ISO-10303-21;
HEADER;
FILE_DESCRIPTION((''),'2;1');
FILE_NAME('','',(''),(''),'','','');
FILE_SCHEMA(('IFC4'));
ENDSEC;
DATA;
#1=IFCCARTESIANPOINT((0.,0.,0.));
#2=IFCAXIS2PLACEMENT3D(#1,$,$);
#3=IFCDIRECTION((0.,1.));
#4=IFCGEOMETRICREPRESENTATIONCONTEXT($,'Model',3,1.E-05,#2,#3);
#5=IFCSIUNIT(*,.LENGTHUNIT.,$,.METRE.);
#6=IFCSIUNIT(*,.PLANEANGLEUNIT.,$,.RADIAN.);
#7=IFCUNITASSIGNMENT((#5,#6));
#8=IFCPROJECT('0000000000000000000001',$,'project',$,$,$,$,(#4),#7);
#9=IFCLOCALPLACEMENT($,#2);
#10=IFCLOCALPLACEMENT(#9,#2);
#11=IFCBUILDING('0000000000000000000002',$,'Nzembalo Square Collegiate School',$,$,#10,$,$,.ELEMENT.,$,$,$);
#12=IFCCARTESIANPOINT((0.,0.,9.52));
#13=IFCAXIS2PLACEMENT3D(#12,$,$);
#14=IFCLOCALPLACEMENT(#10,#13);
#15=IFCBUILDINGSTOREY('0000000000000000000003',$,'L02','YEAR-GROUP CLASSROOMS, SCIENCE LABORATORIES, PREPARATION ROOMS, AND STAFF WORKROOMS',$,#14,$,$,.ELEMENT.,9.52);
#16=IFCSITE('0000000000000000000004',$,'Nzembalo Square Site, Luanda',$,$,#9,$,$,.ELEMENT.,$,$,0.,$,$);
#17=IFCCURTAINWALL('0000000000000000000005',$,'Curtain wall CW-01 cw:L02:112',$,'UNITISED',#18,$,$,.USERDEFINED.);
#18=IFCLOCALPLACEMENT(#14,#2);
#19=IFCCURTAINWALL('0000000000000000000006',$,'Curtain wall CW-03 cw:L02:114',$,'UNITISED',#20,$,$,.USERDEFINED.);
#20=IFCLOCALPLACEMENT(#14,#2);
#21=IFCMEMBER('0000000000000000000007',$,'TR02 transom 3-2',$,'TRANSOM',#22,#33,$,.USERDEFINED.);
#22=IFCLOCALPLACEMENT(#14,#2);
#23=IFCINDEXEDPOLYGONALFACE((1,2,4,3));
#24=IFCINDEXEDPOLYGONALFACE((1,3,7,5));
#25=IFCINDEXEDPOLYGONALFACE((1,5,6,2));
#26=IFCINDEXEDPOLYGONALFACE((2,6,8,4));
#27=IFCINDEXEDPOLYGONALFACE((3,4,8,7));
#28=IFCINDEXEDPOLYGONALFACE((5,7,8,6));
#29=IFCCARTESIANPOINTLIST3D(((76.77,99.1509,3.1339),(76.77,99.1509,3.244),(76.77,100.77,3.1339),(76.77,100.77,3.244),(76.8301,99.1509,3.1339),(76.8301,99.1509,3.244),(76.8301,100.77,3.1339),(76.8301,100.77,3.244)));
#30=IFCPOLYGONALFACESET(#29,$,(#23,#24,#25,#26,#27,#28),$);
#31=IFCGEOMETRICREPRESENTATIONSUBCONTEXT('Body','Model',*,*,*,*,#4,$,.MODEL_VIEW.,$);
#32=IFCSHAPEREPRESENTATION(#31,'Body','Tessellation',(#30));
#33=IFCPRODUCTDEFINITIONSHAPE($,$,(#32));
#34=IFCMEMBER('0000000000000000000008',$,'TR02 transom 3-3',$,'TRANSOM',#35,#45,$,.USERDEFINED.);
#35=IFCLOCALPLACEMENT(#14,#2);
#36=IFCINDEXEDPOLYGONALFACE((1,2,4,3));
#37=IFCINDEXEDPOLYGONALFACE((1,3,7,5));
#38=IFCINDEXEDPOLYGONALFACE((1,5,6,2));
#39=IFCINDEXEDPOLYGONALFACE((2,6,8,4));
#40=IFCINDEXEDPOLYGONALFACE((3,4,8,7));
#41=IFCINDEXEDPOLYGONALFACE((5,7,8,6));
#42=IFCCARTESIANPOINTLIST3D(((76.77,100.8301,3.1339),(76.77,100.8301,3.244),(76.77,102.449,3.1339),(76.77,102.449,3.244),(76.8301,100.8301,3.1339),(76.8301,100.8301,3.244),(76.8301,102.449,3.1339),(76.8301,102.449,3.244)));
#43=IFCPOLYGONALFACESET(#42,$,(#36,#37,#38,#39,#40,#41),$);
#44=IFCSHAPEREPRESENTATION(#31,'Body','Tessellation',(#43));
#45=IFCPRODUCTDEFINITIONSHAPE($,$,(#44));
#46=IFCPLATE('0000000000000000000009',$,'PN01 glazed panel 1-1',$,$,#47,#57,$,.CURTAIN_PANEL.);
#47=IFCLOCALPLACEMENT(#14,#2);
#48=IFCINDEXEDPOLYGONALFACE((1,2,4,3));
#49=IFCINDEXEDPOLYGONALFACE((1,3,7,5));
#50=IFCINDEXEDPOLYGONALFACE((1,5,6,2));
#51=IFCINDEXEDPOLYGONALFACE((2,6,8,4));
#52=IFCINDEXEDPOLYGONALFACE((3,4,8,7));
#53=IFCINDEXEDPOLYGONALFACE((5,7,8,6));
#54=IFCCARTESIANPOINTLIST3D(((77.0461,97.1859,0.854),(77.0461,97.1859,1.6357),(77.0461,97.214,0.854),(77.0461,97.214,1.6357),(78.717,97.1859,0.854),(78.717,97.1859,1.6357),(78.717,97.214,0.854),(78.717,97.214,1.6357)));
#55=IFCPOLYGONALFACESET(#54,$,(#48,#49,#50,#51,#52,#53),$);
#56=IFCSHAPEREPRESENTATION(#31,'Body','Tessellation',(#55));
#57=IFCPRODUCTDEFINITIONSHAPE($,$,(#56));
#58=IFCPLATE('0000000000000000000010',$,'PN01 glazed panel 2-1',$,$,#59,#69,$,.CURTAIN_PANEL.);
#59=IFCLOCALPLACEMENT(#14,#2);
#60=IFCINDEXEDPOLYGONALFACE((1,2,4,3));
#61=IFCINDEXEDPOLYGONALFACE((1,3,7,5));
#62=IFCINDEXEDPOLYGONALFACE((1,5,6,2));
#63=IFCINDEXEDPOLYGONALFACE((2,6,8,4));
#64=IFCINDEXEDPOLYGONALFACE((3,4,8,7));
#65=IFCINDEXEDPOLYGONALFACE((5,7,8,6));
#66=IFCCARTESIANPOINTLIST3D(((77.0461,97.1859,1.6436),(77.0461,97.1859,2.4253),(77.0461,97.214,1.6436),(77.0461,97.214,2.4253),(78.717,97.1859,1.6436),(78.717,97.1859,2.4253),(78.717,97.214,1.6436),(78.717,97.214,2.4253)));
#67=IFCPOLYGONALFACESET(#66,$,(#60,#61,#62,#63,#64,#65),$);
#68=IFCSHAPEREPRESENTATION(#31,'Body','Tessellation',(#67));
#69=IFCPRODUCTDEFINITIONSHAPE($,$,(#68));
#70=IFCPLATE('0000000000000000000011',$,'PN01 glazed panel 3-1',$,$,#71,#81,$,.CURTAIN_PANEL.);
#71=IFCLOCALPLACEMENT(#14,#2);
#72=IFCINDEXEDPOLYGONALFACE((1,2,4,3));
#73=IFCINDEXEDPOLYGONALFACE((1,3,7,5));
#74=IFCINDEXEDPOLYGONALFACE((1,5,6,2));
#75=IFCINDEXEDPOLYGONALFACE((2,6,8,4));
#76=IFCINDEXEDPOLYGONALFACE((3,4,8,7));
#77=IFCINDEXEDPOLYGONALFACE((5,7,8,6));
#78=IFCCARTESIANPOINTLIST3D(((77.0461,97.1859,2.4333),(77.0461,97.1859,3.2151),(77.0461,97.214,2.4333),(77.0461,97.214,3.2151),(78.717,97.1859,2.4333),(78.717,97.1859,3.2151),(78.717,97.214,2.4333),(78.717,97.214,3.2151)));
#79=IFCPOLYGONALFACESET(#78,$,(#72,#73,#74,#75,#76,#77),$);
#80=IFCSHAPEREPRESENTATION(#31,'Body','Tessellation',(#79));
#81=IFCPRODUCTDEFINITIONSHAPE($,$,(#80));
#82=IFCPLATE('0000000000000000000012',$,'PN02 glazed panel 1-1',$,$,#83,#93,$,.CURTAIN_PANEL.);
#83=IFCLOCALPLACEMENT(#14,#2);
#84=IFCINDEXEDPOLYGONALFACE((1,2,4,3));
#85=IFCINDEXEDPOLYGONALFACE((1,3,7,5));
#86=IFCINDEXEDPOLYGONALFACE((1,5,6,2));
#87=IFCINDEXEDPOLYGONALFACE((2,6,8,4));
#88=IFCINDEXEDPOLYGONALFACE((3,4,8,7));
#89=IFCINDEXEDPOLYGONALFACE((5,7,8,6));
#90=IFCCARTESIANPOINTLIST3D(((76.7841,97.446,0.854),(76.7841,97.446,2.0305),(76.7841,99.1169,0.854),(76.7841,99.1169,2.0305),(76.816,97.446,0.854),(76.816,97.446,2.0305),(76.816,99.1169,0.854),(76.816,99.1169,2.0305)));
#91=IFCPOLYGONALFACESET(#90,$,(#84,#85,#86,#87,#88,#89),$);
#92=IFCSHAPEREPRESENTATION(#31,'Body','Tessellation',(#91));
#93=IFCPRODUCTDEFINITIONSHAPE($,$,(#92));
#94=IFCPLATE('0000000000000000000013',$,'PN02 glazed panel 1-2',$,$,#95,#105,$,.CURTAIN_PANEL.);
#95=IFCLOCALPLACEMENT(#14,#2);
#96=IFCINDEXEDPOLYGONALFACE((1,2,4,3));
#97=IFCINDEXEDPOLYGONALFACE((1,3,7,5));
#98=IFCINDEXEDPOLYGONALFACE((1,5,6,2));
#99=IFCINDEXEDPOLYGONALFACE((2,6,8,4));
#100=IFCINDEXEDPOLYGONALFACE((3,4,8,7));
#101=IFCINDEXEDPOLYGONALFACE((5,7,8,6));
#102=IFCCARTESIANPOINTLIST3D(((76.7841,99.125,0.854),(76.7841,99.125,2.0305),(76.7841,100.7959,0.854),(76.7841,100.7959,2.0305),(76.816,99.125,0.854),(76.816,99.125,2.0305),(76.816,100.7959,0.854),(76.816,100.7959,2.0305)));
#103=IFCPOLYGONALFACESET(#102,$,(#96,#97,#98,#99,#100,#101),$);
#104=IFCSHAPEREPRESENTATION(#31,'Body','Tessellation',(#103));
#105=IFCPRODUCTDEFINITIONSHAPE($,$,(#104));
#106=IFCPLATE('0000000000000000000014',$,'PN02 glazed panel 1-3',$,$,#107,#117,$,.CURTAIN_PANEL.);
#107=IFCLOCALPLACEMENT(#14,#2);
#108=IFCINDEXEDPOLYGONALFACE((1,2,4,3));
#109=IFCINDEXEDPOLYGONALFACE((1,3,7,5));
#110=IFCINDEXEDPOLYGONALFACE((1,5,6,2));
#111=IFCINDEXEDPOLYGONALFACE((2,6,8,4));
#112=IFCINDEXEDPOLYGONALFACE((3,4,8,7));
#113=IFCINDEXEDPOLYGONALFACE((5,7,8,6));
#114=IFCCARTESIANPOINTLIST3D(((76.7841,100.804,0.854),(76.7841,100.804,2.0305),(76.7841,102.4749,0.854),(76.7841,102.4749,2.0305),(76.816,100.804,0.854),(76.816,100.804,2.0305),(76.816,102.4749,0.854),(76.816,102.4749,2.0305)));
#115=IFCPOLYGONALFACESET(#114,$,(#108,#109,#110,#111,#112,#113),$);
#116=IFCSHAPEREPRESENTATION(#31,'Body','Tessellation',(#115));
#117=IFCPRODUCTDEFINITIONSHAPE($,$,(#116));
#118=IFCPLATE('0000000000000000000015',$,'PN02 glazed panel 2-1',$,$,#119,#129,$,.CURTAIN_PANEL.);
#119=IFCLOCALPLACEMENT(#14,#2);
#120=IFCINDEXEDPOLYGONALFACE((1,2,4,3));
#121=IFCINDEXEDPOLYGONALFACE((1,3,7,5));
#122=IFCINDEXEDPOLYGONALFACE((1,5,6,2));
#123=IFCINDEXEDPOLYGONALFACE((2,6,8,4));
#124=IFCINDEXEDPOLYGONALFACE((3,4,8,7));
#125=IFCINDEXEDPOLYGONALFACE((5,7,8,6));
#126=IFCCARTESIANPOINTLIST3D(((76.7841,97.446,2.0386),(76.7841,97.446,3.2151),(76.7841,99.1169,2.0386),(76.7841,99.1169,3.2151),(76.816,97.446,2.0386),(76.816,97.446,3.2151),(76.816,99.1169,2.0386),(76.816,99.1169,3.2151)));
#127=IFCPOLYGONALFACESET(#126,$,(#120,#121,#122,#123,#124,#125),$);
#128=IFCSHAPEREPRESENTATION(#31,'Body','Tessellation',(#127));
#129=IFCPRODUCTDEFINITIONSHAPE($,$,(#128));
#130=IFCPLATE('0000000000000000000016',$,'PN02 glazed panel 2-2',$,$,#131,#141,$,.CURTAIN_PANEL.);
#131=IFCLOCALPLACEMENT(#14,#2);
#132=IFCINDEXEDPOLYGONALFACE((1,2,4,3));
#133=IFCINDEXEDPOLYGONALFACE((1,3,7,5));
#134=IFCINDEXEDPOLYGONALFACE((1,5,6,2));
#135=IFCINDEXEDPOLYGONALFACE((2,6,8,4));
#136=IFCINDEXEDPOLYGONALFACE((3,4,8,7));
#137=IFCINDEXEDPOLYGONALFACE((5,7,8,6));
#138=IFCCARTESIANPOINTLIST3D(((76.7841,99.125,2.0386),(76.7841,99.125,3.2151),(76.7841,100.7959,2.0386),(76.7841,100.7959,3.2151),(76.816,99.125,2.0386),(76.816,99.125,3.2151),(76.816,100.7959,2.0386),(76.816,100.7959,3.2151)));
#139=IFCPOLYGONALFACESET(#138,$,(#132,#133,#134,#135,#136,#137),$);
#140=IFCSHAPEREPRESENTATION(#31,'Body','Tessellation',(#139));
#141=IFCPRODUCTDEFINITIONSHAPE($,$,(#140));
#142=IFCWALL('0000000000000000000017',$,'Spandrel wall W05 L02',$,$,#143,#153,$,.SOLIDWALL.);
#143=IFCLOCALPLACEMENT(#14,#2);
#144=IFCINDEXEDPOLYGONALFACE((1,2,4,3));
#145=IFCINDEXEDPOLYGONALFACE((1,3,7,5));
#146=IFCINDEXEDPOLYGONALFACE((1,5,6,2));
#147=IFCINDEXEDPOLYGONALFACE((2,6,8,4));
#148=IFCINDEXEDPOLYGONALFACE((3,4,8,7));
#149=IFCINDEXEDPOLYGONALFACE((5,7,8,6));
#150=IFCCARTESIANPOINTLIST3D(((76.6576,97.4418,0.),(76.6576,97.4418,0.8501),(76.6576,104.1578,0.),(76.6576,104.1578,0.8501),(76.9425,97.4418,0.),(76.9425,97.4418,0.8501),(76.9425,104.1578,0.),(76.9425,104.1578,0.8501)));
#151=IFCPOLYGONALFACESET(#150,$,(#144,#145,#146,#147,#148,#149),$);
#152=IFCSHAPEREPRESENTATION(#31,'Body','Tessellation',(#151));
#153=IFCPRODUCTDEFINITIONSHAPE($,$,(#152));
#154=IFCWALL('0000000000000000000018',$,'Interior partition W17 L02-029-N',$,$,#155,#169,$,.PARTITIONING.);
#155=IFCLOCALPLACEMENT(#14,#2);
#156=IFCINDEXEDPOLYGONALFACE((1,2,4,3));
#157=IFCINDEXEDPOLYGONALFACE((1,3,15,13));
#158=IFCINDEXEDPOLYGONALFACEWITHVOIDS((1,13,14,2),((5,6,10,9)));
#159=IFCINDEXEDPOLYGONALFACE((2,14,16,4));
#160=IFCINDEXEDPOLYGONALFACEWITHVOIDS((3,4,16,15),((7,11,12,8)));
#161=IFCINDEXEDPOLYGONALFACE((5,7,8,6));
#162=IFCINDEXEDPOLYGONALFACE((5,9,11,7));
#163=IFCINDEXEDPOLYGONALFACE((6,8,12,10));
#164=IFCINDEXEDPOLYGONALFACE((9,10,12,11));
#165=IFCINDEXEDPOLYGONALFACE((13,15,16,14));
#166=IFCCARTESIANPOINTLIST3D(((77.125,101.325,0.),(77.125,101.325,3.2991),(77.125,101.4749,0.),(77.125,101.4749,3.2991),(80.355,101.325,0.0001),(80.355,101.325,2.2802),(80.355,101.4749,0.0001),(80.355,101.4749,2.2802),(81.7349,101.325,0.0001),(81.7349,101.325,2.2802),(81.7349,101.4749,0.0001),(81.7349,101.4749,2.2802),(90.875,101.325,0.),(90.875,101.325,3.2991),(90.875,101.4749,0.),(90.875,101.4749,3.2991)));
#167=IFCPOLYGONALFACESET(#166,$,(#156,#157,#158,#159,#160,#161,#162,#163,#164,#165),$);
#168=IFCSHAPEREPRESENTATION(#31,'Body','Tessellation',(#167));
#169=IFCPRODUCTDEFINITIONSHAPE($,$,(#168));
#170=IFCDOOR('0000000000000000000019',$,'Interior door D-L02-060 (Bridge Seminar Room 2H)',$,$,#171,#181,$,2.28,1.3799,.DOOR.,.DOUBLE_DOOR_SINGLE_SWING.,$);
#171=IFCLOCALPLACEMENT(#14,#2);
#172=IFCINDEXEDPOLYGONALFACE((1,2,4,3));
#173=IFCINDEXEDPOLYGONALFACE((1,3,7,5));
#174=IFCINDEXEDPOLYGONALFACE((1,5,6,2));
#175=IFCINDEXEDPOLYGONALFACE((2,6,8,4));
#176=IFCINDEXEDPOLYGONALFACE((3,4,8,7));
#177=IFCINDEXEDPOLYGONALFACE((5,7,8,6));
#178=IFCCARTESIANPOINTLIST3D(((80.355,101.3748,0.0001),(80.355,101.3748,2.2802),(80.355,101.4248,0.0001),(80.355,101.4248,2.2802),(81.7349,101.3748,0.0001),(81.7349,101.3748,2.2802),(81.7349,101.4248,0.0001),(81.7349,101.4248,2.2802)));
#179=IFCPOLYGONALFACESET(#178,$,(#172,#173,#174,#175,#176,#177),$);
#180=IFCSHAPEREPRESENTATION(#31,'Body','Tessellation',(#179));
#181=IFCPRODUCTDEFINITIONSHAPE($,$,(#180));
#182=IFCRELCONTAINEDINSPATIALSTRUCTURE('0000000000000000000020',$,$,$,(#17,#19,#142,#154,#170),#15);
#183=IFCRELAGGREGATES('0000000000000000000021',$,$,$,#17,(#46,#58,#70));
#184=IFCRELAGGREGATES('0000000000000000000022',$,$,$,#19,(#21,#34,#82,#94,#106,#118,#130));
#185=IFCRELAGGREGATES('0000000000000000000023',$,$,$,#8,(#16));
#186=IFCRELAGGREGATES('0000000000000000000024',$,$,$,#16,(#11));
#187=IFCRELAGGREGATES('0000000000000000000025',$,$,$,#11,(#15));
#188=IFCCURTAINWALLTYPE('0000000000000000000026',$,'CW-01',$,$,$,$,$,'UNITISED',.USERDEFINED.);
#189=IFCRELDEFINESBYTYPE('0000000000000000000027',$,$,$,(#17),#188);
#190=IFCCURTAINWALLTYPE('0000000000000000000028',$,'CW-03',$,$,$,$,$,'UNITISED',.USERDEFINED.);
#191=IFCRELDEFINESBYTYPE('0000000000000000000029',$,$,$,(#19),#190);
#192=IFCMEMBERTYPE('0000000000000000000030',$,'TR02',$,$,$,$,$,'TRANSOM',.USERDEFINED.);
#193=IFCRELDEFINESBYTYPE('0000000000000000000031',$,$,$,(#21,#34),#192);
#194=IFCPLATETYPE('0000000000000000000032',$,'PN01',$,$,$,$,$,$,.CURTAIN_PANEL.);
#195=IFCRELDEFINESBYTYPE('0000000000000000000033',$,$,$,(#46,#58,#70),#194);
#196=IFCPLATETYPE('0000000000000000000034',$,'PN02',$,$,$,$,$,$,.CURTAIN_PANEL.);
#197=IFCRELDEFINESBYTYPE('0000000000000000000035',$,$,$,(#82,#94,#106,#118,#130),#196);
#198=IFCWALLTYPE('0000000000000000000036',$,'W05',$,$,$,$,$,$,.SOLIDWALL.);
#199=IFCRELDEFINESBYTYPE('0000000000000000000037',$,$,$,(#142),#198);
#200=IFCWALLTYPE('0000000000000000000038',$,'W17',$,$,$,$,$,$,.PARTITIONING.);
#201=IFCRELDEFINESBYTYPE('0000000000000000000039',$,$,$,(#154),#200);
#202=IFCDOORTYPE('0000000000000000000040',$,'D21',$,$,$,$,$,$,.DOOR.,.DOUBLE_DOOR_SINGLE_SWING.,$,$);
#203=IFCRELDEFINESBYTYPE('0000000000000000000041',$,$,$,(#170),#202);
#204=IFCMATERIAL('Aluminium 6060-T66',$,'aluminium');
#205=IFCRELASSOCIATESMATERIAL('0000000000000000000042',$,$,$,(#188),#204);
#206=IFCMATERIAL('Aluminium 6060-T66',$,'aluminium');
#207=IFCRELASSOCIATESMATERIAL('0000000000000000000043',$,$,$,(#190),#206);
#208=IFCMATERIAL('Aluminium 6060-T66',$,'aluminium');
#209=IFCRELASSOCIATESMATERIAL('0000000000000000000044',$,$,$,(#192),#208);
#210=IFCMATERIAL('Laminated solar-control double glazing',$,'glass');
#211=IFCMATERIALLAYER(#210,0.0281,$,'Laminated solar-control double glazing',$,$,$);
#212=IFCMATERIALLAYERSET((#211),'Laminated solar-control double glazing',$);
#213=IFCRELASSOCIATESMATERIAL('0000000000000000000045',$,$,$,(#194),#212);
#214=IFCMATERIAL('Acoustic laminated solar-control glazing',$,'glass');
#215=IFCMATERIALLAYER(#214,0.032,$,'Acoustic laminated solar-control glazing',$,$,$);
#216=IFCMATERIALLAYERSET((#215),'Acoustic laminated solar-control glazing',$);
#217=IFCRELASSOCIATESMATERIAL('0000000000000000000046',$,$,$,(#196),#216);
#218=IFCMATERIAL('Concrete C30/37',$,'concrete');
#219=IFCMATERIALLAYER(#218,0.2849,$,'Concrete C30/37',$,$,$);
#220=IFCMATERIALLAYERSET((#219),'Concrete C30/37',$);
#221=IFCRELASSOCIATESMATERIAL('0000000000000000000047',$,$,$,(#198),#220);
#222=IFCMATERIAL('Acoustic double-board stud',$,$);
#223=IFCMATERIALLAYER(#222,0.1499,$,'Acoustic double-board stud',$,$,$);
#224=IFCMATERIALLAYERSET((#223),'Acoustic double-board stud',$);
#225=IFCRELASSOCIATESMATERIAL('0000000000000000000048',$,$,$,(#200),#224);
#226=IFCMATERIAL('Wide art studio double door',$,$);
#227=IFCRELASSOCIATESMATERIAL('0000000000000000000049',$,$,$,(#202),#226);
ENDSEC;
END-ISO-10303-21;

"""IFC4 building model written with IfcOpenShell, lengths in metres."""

from ifc_helpers import new_model, si_unit, direction, frame, frame_2d, origin, origin_2d, place, context, subcontext, project, spatial, rectangle, extrude, material, layer, layer_set, material_profile, profile_set, type_object, element, fill, aggregate, save


model = new_model("IFC4")

# Units and contexts
model_context = context("Model", 3, precision=1e-05, world=origin(), true_north=direction((0.0, 1.0)))
body_context = subcontext(model_context, "Body", "Model", "MODEL_VIEW")
ifc_project = project(units=[si_unit("LENGTHUNIT", "METRE"), si_unit("PLANEANGLEUNIT", "RADIAN")], contexts=[model_context])

# Site, building, storey
site_placement = place(None, origin())
site = spatial("IfcSite", under=ifc_project, at=site_placement, Name="Nzembalo Square Site, Luanda", CompositionType="ELEMENT", RefElevation=0.0)
building_placement = place(site_placement, origin())
building = spatial("IfcBuilding", under=site, at=building_placement, Name="Nzembalo Square Collegiate School", CompositionType="ELEMENT")
storey_placement = place(building_placement, frame((0.0, 0.0, 9.52)))
storey = spatial("IfcBuildingStorey", under=building, at=storey_placement, Name="L02", Description="YEAR-GROUP CLASSROOMS, SCIENCE LABORATORIES, PREPARATION ROOMS, AND STAFF WORKROOMS", CompositionType="ELEMENT", Elevation=9.52)

# Curtain wall
ifc_material_1 = material(Name="Aluminium 6060-T66", Category="aluminium")
curtain_wall_type_1 = type_object("IfcCurtainWallType", Name="CW-01", ElementType="UNITISED", PredefinedType="USERDEFINED", material=ifc_material_1)
curtain_wall_1_placement = place(storey_placement, origin())
curtain_wall_1 = element("IfcCurtainWall", 1, at=curtain_wall_1_placement, inside=storey, type_object=curtain_wall_type_1, Name="Curtain wall CW-01 cw:L02:112", ObjectType="UNITISED", PredefinedType="USERDEFINED")

# Curtain wall
ifc_material_2 = material(Name="Aluminium 6060-T66", Category="aluminium")
curtain_wall_type_2 = type_object("IfcCurtainWallType", Name="CW-03", ElementType="UNITISED", PredefinedType="USERDEFINED", material=ifc_material_2)
curtain_wall_2_placement = place(storey_placement, origin())
curtain_wall_2 = element("IfcCurtainWall", 2, at=curtain_wall_2_placement, inside=storey, type_object=curtain_wall_type_2, Name="Curtain wall CW-03 cw:L02:114", ObjectType="UNITISED", PredefinedType="USERDEFINED")

# Members
ifc_material_3 = material(Name="Aluminium 6060-T66", Category="aluminium")
ifc_material_profile_1 = material_profile(ifc_material_3, rectangle(XDim=0.0601, YDim=0.1101, at=origin_2d()), Name="ALU T60x110")
ifc_profile_set_1 = profile_set([ifc_material_profile_1], Name="Aluminium 6060-T66")
member_type_1 = type_object("IfcMemberType", Name="TR02", ElementType="TRANSOM", PredefinedType="USERDEFINED", material=ifc_profile_set_1)
member_1_placement = place(storey_placement, frame((76.8, 99.1509, 3.189), z_axis=(0.0, 1.0, 0.0), x_axis=(-1.0, 0.0, 0.0)))
member_1 = element("IfcMember", 3, at=member_1_placement, type_object=member_type_1, Name="TR02 transom 3-2", ObjectType="TRANSOM", PredefinedType="USERDEFINED", context=body_context, shape_type="SweptSolid", body=[
    extrude(rectangle(XDim=0.0601, YDim=0.1101, at=origin_2d()), origin(), (0.0, 0.0, 1.0), 1.6191),
])
member_2_placement = place(storey_placement, frame((76.8, 100.8301, 3.189), z_axis=(0.0, 1.0, 0.0), x_axis=(-1.0, 0.0, 0.0)))
member_2 = element("IfcMember", 4, at=member_2_placement, type_object=member_type_1, Name="TR02 transom 3-3", ObjectType="TRANSOM", PredefinedType="USERDEFINED", context=body_context, shape_type="SweptSolid", body=[
    extrude(rectangle(XDim=0.0601, YDim=0.1101, at=origin_2d()), origin(), (0.0, 0.0, 1.0), 1.6189),
])

# Plates
ifc_material_4 = material(Name="Laminated solar-control double glazing", Category="glass")
ifc_layer_1 = layer(ifc_material_4, 0.0281, Name="Laminated solar-control double glazing")
ifc_layer_set_1 = layer_set([ifc_layer_1], Name="Laminated solar-control double glazing")
plate_type_1 = type_object("IfcPlateType", Name="PN01", PredefinedType="CURTAIN_PANEL", material=ifc_layer_set_1)
plate_1_placement = place(storey_placement, frame((77.8816, 97.2, 0.854), z_axis=(0.0, 0.0, 1.0), x_axis=(1.0, 0.0, 0.0)))
plate_1 = element("IfcPlate", 5, at=plate_1_placement, type_object=plate_type_1, Name="PN01 glazed panel 1-1", PredefinedType="CURTAIN_PANEL", context=body_context, shape_type="SweptSolid", body=[
    extrude(rectangle(XDim=1.6709, YDim=0.0281, at=origin_2d()), origin(), (0.0, 0.0, 1.0), 0.7817),
])
plate_2_placement = place(storey_placement, frame((77.8816, 97.2, 1.6436), z_axis=(0.0, 0.0, 1.0), x_axis=(1.0, 0.0, 0.0)))
plate_2 = element("IfcPlate", 6, at=plate_2_placement, type_object=plate_type_1, Name="PN01 glazed panel 2-1", PredefinedType="CURTAIN_PANEL", context=body_context, shape_type="SweptSolid", body=[
    extrude(rectangle(XDim=1.6709, YDim=0.0281, at=origin_2d()), origin(), (0.0, 0.0, 1.0), 0.7817),
])
plate_3_placement = place(storey_placement, frame((77.8816, 97.2, 2.4333), z_axis=(0.0, 0.0, 1.0), x_axis=(1.0, 0.0, 0.0)))
plate_3 = element("IfcPlate", 7, at=plate_3_placement, type_object=plate_type_1, Name="PN01 glazed panel 3-1", PredefinedType="CURTAIN_PANEL", context=body_context, shape_type="SweptSolid", body=[
    extrude(rectangle(XDim=1.6709, YDim=0.0281, at=origin_2d()), origin(), (0.0, 0.0, 1.0), 0.7817),
])
aggregate(curtain_wall_1, [plate_1, plate_2, plate_3])
ifc_material_5 = material(Name="Acoustic laminated solar-control glazing", Category="glass")
ifc_layer_2 = layer(ifc_material_5, 0.032, Name="Acoustic laminated solar-control glazing")
ifc_layer_set_2 = layer_set([ifc_layer_2], Name="Acoustic laminated solar-control glazing")
plate_type_2 = type_object("IfcPlateType", Name="PN02", PredefinedType="CURTAIN_PANEL", material=ifc_layer_set_2)
plate_4_placement = place(storey_placement, frame((76.8, 98.2815, 0.854), z_axis=(0.0, 0.0, 1.0), x_axis=(0.0, 1.0, 0.0)))
plate_4 = element("IfcPlate", 8, at=plate_4_placement, type_object=plate_type_2, Name="PN02 glazed panel 1-1", PredefinedType="CURTAIN_PANEL", context=body_context, shape_type="SweptSolid", body=[
    extrude(rectangle(XDim=1.6709, YDim=0.032, at=origin_2d()), origin(), (0.0, 0.0, 1.0), 1.1765),
])
plate_5_placement = place(storey_placement, frame((76.8, 99.9604, 0.854), z_axis=(0.0, 0.0, 1.0), x_axis=(0.0, 1.0, 0.0)))
plate_5 = element("IfcPlate", 9, at=plate_5_placement, type_object=plate_type_2, Name="PN02 glazed panel 1-2", PredefinedType="CURTAIN_PANEL", context=body_context, shape_type="SweptSolid", body=[
    extrude(rectangle(XDim=1.6709, YDim=0.032, at=origin_2d()), origin(), (0.0, 0.0, 1.0), 1.1765),
])
plate_6_placement = place(storey_placement, frame((76.8, 101.6394, 0.854), z_axis=(0.0, 0.0, 1.0), x_axis=(0.0, 1.0, 0.0)))
plate_6 = element("IfcPlate", 10, at=plate_6_placement, type_object=plate_type_2, Name="PN02 glazed panel 1-3", PredefinedType="CURTAIN_PANEL", context=body_context, shape_type="SweptSolid", body=[
    extrude(rectangle(XDim=1.6709, YDim=0.032, at=origin_2d()), origin(), (0.0, 0.0, 1.0), 1.1765),
])
plate_7_placement = place(storey_placement, frame((76.8, 98.2815, 2.0386), z_axis=(0.0, 0.0, 1.0), x_axis=(0.0, 1.0, 0.0)))
plate_7 = element("IfcPlate", 11, at=plate_7_placement, type_object=plate_type_2, Name="PN02 glazed panel 2-1", PredefinedType="CURTAIN_PANEL", context=body_context, shape_type="SweptSolid", body=[
    extrude(rectangle(XDim=1.6709, YDim=0.032, at=origin_2d()), origin(), (0.0, 0.0, 1.0), 1.1765),
])
plate_8_placement = place(storey_placement, frame((76.8, 99.9604, 2.0386), z_axis=(0.0, 0.0, 1.0), x_axis=(0.0, 1.0, 0.0)))
plate_8 = element("IfcPlate", 12, at=plate_8_placement, type_object=plate_type_2, Name="PN02 glazed panel 2-2", PredefinedType="CURTAIN_PANEL", context=body_context, shape_type="SweptSolid", body=[
    extrude(rectangle(XDim=1.6709, YDim=0.032, at=origin_2d()), origin(), (0.0, 0.0, 1.0), 1.1765),
])
aggregate(curtain_wall_2, [member_1, member_2, plate_4, plate_5, plate_6, plate_7, plate_8])

# Wall
ifc_material_6 = material(Name="Concrete C30/37", Category="concrete")
ifc_layer_3 = layer(ifc_material_6, 0.2849, Name="Concrete C30/37")
ifc_layer_set_3 = layer_set([ifc_layer_3], Name="Concrete C30/37")
wall_type_1 = type_object("IfcWallType", Name="W05", PredefinedType="SOLIDWALL", material=ifc_layer_set_3)
wall_1_placement = place(storey_placement, frame((76.8, 97.4419, 0.0), z_axis=(0.0, 0.0, 1.0), x_axis=(0.0, 1.0, 0.0)))
element("IfcWall", 13, at=wall_1_placement, inside=storey, type_object=wall_type_1, Name="Spandrel wall W05 L02", PredefinedType="SOLIDWALL", context=body_context, shape_type="SweptSolid", body=[
    extrude(rectangle(XDim=6.7161, YDim=0.2849, at=frame_2d((3.3579, 0.0))), origin(), (0.0, 0.0, 1.0), 0.8501),
])

# Wall, opening, door
ifc_material_7 = material(Name="Acoustic double-board stud")
ifc_layer_4 = layer(ifc_material_7, 0.1499, Name="Acoustic double-board stud")
ifc_layer_set_4 = layer_set([ifc_layer_4], Name="Acoustic double-board stud")
wall_type_2 = type_object("IfcWallType", Name="W17", PredefinedType="PARTITIONING", material=ifc_layer_set_4)
wall_2_placement = place(storey_placement, frame((77.125, 101.3999, 0.0), z_axis=(0.0, 0.0, 1.0), x_axis=(1.0, 0.0, 0.0)))
wall_2 = element("IfcWall", 14, at=wall_2_placement, inside=storey, type_object=wall_type_2, Name="Interior partition W17 L02-029-N", PredefinedType="PARTITIONING", context=body_context, shape_type="SweptSolid", body=[
    extrude(rectangle(XDim=13.75, YDim=0.1499, at=frame_2d((6.875, 0.0))), origin(), (0.0, 0.0, 1.0), 3.2991),
])
opening_placement = place(wall_2_placement, frame((3.23, 0.0, 0.0)))
opening = element("IfcOpeningElement", 15, at=opening_placement, cuts=wall_2, PredefinedType="OPENING", context=body_context, shape_type="SweptSolid", body=[
    extrude(rectangle(XDim=1.3799, YDim=2.28, at=frame_2d((0.6899, 1.1401))), frame((0.0, 0.085, 0.0), z_axis=(0.0, -1.0, 0.0), x_axis=(1.0, 0.0, 0.0)), (0.0, 0.0, 1.0), 0.1699),
])
ifc_material_8 = material(Name="Wide art studio double door")
door_type = type_object("IfcDoorType", Name="D21", OperationType="DOUBLE_DOOR_SINGLE_SWING", PredefinedType="DOOR", material=ifc_material_8)
door_placement = place(opening_placement, origin())
door = element("IfcDoor", 16, at=door_placement, inside=storey, type_object=door_type, Name="Interior door D-L02-060 (Bridge Seminar Room 2H)", OperationType="DOUBLE_DOOR_SINGLE_SWING", OverallHeight=2.28, OverallWidth=1.3799, PredefinedType="DOOR", context=body_context, shape_type="SweptSolid", body=[
    extrude(rectangle(XDim=1.3799, YDim=2.28, at=frame_2d((0.6899, 1.1401))), frame((0.0, 0.0249, 0.0), z_axis=(0.0, -1.0, 0.0), x_axis=(1.0, 0.0, 0.0)), (0.0, 0.0, 1.0), 0.05),
])
fill(opening, door)

save(model, "model.ifc")
